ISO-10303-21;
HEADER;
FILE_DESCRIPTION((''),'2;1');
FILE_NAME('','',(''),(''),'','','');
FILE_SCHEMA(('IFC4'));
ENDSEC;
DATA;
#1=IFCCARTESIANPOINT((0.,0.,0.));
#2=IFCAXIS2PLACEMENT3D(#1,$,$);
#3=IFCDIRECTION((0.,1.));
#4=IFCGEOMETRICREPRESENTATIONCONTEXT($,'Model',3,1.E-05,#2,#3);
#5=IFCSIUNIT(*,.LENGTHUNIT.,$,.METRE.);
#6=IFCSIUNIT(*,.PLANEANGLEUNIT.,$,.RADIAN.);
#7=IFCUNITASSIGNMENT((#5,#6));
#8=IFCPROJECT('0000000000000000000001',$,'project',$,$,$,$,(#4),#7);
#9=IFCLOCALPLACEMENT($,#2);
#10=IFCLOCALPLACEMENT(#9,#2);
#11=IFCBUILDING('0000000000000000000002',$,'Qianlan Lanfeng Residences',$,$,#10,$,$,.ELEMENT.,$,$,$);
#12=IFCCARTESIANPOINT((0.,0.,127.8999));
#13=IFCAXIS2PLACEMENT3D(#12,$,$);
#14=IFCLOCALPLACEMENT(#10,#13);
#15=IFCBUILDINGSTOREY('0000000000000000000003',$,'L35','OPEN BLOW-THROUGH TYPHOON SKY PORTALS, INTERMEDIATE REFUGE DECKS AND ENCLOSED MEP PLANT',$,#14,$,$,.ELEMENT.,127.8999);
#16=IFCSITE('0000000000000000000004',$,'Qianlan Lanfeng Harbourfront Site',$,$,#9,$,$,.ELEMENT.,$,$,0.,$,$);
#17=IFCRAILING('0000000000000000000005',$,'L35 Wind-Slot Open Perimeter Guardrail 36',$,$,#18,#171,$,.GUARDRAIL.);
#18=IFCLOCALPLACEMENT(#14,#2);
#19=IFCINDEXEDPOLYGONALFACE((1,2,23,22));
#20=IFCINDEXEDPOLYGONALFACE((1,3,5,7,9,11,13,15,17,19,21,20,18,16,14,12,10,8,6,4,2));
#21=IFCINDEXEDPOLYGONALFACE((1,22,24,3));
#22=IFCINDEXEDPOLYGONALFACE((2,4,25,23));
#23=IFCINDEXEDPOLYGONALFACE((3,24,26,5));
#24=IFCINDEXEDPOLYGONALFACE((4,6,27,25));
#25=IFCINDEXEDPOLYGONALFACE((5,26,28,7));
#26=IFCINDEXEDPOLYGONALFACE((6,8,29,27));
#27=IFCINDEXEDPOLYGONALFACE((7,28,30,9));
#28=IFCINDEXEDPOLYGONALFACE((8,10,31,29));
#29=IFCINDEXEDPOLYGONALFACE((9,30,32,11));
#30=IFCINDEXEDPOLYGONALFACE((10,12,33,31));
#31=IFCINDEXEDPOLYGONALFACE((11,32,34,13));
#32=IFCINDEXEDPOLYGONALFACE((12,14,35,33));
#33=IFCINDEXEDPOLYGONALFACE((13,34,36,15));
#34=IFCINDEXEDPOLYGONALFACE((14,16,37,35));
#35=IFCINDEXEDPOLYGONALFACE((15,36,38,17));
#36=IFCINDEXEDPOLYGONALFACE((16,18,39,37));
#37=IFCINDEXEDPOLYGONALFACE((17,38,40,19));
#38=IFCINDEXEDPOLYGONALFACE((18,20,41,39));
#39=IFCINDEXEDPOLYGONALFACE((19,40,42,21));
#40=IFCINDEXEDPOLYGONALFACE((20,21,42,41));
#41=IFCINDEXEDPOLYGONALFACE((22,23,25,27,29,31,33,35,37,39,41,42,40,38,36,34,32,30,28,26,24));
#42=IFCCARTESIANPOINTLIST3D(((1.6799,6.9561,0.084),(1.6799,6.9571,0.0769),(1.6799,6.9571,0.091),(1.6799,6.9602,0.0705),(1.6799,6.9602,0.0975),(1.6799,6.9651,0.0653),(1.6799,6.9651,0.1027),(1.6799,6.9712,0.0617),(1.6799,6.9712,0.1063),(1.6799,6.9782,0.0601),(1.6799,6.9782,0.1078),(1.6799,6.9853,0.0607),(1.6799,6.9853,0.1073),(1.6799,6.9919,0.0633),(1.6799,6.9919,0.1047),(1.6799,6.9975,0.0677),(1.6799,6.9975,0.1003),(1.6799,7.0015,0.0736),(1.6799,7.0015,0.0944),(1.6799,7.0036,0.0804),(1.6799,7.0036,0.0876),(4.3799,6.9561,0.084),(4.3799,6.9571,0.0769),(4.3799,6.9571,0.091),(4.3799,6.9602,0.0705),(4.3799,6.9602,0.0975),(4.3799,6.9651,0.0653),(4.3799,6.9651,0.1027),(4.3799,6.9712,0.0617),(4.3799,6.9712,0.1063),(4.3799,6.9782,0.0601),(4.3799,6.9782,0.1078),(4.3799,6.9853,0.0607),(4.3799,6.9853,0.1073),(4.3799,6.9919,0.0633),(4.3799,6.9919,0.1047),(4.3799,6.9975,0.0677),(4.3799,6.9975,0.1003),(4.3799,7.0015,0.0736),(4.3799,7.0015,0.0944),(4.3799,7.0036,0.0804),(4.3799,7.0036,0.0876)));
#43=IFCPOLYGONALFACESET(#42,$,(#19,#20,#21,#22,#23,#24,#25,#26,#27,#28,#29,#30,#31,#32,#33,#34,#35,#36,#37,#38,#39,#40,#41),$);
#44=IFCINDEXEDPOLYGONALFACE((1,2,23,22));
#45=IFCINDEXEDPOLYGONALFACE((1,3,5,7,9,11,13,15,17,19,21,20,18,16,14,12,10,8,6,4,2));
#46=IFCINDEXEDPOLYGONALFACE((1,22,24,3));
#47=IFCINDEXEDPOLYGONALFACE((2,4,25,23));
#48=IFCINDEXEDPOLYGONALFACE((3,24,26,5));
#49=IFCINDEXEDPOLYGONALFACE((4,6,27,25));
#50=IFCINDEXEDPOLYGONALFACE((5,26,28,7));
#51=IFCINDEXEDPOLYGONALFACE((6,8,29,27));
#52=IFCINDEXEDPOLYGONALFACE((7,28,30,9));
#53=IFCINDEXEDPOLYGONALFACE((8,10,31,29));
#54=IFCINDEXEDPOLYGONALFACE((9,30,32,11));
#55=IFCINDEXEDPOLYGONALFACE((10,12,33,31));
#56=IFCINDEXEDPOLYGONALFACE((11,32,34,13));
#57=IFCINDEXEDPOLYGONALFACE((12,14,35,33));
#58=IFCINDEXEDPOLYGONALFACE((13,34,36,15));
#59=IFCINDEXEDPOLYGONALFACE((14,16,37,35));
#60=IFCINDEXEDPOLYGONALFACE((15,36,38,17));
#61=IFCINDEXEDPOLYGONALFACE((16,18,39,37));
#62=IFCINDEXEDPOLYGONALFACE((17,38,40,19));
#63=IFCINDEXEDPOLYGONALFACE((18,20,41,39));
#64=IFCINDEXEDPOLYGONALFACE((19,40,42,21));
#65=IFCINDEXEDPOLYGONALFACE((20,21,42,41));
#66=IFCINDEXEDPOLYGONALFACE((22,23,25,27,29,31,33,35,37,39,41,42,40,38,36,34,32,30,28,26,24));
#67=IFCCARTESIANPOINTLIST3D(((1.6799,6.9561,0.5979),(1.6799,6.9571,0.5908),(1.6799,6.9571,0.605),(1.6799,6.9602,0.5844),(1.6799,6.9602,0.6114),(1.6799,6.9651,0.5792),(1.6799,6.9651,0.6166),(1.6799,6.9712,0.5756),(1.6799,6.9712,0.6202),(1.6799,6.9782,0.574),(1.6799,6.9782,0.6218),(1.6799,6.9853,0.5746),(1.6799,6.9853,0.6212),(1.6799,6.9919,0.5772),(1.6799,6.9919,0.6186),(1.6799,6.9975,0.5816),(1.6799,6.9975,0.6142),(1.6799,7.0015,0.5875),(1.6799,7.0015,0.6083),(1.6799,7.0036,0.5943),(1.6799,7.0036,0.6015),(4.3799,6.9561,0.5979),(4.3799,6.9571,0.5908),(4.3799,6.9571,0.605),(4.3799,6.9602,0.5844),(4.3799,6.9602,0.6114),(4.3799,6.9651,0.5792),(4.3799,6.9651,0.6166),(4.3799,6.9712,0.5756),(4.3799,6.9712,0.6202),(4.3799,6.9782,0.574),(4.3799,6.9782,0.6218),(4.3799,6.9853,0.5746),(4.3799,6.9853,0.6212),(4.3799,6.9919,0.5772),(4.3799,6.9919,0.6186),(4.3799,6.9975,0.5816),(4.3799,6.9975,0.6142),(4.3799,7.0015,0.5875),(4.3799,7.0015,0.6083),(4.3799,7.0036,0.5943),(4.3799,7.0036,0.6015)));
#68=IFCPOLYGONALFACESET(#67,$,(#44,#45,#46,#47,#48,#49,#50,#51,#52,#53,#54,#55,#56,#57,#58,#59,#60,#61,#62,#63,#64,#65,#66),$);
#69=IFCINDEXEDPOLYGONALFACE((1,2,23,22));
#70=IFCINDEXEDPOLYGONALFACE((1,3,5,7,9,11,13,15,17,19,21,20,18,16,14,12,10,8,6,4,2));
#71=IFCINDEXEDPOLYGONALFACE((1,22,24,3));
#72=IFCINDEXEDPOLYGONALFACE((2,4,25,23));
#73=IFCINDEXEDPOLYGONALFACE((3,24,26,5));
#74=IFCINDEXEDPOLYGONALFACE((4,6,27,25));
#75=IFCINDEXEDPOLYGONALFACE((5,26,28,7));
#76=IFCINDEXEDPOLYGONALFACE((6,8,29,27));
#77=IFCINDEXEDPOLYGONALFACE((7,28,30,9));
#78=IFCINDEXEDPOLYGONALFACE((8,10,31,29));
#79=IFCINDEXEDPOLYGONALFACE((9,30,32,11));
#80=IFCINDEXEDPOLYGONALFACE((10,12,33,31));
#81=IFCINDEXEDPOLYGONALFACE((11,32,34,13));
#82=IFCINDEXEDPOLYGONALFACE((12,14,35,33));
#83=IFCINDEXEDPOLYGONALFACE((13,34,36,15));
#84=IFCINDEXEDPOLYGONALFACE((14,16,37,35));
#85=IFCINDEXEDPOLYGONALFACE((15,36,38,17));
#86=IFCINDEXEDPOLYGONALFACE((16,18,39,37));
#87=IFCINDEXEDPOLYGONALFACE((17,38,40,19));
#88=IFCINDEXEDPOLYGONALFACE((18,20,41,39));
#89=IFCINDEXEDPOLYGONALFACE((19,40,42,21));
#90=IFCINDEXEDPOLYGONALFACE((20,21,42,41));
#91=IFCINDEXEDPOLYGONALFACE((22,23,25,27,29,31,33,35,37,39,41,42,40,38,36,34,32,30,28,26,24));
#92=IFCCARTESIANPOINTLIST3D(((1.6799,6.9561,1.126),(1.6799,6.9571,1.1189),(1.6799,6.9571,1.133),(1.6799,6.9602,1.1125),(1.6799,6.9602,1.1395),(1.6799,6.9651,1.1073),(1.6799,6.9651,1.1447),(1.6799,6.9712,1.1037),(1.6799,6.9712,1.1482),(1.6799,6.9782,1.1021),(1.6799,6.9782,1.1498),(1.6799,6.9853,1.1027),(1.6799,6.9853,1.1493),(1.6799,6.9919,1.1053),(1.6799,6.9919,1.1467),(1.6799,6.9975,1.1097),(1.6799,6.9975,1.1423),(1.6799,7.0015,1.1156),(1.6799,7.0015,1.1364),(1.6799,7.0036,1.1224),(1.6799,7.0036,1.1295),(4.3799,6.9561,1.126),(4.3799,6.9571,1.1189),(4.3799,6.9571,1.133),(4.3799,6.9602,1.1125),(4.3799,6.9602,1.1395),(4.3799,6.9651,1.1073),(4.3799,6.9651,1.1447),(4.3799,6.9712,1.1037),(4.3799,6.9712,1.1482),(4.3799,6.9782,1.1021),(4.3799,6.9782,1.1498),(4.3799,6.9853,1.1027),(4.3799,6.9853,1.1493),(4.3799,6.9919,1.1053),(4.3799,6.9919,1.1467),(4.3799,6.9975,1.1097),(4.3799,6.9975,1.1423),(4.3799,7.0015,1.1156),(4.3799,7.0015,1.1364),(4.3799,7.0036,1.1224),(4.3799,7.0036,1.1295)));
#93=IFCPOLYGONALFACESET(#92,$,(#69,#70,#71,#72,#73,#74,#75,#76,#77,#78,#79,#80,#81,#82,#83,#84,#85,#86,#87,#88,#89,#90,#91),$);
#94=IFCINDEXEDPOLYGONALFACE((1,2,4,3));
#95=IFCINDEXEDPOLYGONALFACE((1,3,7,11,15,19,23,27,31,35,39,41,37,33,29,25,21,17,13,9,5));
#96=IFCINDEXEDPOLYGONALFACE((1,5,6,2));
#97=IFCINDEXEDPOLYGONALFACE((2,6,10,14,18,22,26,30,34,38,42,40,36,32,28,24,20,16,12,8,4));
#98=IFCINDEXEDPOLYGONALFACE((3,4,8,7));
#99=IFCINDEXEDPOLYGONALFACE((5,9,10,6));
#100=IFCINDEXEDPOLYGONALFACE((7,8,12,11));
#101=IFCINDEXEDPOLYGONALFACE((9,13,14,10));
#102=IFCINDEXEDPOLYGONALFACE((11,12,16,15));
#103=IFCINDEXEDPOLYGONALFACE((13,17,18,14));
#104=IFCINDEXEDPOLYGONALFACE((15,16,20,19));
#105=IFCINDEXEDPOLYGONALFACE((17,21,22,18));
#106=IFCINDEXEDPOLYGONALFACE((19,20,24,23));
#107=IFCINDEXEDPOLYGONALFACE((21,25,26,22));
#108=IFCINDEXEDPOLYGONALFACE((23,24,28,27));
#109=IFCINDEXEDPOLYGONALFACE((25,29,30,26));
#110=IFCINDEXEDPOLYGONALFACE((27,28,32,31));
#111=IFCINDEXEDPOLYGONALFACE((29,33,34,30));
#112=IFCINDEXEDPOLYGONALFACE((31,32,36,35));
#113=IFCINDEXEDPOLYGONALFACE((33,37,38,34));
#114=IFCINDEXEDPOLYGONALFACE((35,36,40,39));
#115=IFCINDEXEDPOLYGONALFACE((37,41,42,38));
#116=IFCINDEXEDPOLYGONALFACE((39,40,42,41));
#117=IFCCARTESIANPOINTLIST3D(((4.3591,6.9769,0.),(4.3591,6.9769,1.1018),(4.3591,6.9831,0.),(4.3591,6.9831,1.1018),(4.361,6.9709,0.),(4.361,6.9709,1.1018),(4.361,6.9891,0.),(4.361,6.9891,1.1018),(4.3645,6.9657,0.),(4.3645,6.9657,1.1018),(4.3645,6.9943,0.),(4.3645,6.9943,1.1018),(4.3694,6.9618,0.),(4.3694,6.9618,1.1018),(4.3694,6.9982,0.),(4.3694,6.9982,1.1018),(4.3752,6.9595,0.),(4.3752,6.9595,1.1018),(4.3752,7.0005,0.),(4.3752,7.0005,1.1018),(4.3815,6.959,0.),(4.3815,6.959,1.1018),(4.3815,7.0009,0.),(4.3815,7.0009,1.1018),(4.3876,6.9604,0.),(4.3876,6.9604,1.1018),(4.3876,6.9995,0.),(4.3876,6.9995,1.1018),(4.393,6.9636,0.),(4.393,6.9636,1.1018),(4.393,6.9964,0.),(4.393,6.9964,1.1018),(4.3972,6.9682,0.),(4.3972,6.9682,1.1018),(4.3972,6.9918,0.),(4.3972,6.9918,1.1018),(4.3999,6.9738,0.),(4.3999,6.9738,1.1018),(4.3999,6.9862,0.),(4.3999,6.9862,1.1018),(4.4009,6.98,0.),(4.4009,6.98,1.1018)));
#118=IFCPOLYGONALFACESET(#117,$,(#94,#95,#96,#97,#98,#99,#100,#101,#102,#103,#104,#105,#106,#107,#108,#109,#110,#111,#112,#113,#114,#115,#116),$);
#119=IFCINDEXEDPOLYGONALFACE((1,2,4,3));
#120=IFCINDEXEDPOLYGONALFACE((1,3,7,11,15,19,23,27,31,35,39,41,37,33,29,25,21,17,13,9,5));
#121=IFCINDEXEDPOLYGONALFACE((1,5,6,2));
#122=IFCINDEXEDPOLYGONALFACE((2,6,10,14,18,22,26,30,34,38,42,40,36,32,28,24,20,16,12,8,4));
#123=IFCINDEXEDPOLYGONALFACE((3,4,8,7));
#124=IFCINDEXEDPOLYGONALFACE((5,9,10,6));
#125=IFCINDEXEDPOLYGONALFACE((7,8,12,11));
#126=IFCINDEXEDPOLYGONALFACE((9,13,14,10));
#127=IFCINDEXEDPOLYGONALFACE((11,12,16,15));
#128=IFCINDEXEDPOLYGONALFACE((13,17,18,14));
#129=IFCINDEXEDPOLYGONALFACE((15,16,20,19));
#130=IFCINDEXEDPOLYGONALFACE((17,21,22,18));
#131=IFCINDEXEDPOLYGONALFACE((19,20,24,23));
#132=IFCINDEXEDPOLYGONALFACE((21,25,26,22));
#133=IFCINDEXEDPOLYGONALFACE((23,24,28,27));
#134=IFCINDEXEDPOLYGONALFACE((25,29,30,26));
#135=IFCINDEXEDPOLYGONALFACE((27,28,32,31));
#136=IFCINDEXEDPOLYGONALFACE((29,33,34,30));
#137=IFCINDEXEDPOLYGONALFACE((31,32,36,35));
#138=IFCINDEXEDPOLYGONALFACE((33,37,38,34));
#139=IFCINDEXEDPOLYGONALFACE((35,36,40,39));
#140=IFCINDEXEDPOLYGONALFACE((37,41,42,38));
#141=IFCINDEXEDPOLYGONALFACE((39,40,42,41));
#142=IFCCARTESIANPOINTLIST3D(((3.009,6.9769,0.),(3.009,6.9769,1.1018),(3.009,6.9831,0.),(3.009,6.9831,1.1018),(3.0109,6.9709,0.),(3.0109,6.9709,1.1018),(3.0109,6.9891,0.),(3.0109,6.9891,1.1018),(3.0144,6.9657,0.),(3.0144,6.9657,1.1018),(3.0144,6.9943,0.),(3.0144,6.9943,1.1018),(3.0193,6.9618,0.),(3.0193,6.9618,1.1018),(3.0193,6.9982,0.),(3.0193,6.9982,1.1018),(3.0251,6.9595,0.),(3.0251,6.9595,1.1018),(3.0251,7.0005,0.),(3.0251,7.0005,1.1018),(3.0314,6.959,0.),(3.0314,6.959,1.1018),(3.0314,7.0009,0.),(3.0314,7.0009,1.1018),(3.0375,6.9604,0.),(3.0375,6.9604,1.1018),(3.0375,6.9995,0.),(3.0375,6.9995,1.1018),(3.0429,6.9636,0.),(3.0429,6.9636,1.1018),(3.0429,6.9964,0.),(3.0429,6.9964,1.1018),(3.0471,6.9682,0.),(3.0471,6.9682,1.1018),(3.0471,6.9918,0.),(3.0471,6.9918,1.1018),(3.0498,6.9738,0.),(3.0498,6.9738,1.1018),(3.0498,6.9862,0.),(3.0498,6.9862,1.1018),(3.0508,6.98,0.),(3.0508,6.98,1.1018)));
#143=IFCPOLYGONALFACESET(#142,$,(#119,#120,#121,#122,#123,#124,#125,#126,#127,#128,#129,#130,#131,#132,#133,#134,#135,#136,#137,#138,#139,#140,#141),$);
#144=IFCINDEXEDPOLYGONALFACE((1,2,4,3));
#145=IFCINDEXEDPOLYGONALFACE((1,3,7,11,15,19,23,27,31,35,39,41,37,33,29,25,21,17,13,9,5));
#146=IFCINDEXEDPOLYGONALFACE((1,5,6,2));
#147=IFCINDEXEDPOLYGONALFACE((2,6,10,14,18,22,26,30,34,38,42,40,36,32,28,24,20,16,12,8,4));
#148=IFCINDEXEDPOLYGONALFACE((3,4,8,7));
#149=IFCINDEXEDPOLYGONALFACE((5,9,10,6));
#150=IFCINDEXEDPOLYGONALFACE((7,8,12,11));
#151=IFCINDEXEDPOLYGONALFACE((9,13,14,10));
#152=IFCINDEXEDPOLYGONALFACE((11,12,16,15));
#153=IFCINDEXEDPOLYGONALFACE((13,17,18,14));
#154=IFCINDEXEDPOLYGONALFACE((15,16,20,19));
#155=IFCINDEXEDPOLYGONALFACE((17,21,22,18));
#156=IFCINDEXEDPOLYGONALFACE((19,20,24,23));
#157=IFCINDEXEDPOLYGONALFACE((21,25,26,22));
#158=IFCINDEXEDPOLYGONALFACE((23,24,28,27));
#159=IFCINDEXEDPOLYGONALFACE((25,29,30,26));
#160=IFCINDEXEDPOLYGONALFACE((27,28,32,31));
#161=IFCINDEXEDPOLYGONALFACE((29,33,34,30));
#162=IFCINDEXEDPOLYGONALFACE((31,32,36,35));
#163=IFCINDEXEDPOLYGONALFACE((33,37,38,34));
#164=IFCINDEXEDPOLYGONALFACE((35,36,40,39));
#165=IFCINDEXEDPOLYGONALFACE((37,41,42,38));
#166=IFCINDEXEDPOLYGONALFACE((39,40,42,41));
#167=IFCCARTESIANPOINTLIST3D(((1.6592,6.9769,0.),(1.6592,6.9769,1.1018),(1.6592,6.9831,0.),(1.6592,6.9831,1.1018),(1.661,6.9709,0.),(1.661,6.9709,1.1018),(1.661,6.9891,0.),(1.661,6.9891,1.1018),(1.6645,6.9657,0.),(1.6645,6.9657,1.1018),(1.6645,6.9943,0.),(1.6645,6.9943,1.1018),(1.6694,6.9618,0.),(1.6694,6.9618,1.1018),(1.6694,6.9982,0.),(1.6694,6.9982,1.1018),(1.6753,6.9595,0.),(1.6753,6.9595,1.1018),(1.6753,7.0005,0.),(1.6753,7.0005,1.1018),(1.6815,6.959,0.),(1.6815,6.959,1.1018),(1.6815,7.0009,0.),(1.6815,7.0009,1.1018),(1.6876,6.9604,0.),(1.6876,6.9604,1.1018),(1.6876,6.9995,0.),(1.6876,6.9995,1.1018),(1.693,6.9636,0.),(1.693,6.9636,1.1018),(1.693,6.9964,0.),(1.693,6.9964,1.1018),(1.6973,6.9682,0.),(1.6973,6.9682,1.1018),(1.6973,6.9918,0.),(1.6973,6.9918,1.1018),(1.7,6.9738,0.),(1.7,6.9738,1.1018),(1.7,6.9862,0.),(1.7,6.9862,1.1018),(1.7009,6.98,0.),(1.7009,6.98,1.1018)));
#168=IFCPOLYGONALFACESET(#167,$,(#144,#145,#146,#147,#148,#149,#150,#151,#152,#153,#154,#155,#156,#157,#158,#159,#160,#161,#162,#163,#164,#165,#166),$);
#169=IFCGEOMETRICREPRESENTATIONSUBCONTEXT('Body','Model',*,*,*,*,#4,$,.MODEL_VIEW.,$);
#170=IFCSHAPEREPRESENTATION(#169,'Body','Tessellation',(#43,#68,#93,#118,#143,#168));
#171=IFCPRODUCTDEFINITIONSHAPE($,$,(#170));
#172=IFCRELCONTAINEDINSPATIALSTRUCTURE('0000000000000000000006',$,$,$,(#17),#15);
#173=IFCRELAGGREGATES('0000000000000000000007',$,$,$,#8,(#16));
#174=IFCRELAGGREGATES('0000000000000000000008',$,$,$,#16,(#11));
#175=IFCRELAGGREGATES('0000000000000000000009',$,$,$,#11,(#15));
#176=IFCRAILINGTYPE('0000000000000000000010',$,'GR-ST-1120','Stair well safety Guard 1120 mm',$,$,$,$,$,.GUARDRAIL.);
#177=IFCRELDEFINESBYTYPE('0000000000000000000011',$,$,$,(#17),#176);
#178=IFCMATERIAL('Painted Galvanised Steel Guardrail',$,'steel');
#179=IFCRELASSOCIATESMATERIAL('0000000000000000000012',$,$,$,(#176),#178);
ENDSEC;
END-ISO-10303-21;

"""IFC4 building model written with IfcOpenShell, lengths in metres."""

from ifc_helpers import new_model, si_unit, direction, frame, origin, origin_2d, place, context, subcontext, project, spatial, circle, extrude, material, type_object, element, save


model = new_model("IFC4")

# Units and contexts
model_context = context("Model", 3, precision=1e-05, world=origin(), true_north=direction((0.0, 1.0)))
body_context = subcontext(model_context, "Body", "Model", "MODEL_VIEW")
ifc_project = project(units=[si_unit("LENGTHUNIT", "METRE"), si_unit("PLANEANGLEUNIT", "RADIAN")], contexts=[model_context])

# Site, building, storey
site_placement = place(None, origin())
site = spatial("IfcSite", under=ifc_project, at=site_placement, Name="Qianlan Lanfeng Harbourfront Site", CompositionType="ELEMENT", RefElevation=0.0)
building_placement = place(site_placement, origin())
building = spatial("IfcBuilding", under=site, at=building_placement, Name="Qianlan Lanfeng Residences", CompositionType="ELEMENT")
storey_placement = place(building_placement, frame((0.0, 0.0, 127.8999)))
storey = spatial("IfcBuildingStorey", under=building, at=storey_placement, Name="L35", Description="OPEN BLOW-THROUGH TYPHOON SKY PORTALS, INTERMEDIATE REFUGE DECKS AND ENCLOSED MEP PLANT", CompositionType="ELEMENT", Elevation=127.8999)

# Railing
ifc_material_1 = material(Name="Painted Galvanised Steel Guardrail", Category="steel")
railing_type = type_object("IfcRailingType", Name="GR-ST-1120", Description="Stair well safety Guard 1120 mm", PredefinedType="GUARDRAIL", material=ifc_material_1)
railing_1_placement = place(storey_placement, frame((4.3799, 6.98, 0.0)))
element("IfcRailing", 1, at=railing_1_placement, inside=storey, type_object=railing_type, Name="L35 Wind-Slot Open Perimeter Guardrail 36", PredefinedType="GUARDRAIL", context=body_context, shape_type="SweptSolid", body=[
    extrude(circle(Radius=0.0239, at=origin_2d()), frame((0.0, 0.0, 0.084), z_axis=(-1.0, 0.0, 0.0), x_axis=(0.0, -1.0, 0.0)), (0.0, 0.0, 1.0), 2.7),
    extrude(circle(Radius=0.0239, at=origin_2d()), frame((0.0, 0.0, 0.5979), z_axis=(-1.0, 0.0, 0.0), x_axis=(0.0, -1.0, 0.0)), (0.0, 0.0, 1.0), 2.7),
    extrude(circle(Radius=0.0239, at=origin_2d()), frame((0.0, 0.0, 1.126), z_axis=(-1.0, 0.0, 0.0), x_axis=(0.0, -1.0, 0.0)), (0.0, 0.0, 1.0), 2.7),
    extrude(circle(Radius=0.021, at=origin_2d()), origin(), (0.0, 0.0, 1.0), 1.1018),
    extrude(circle(Radius=0.021, at=origin_2d()), frame((-1.3501, 0.0, 0.0)), (0.0, 0.0, 1.0), 1.1018),
    extrude(circle(Radius=0.021, at=origin_2d()), frame((-2.7, 0.0, 0.0)), (0.0, 0.0, 1.0), 1.1018),
])

save(model, "model.ifc")
